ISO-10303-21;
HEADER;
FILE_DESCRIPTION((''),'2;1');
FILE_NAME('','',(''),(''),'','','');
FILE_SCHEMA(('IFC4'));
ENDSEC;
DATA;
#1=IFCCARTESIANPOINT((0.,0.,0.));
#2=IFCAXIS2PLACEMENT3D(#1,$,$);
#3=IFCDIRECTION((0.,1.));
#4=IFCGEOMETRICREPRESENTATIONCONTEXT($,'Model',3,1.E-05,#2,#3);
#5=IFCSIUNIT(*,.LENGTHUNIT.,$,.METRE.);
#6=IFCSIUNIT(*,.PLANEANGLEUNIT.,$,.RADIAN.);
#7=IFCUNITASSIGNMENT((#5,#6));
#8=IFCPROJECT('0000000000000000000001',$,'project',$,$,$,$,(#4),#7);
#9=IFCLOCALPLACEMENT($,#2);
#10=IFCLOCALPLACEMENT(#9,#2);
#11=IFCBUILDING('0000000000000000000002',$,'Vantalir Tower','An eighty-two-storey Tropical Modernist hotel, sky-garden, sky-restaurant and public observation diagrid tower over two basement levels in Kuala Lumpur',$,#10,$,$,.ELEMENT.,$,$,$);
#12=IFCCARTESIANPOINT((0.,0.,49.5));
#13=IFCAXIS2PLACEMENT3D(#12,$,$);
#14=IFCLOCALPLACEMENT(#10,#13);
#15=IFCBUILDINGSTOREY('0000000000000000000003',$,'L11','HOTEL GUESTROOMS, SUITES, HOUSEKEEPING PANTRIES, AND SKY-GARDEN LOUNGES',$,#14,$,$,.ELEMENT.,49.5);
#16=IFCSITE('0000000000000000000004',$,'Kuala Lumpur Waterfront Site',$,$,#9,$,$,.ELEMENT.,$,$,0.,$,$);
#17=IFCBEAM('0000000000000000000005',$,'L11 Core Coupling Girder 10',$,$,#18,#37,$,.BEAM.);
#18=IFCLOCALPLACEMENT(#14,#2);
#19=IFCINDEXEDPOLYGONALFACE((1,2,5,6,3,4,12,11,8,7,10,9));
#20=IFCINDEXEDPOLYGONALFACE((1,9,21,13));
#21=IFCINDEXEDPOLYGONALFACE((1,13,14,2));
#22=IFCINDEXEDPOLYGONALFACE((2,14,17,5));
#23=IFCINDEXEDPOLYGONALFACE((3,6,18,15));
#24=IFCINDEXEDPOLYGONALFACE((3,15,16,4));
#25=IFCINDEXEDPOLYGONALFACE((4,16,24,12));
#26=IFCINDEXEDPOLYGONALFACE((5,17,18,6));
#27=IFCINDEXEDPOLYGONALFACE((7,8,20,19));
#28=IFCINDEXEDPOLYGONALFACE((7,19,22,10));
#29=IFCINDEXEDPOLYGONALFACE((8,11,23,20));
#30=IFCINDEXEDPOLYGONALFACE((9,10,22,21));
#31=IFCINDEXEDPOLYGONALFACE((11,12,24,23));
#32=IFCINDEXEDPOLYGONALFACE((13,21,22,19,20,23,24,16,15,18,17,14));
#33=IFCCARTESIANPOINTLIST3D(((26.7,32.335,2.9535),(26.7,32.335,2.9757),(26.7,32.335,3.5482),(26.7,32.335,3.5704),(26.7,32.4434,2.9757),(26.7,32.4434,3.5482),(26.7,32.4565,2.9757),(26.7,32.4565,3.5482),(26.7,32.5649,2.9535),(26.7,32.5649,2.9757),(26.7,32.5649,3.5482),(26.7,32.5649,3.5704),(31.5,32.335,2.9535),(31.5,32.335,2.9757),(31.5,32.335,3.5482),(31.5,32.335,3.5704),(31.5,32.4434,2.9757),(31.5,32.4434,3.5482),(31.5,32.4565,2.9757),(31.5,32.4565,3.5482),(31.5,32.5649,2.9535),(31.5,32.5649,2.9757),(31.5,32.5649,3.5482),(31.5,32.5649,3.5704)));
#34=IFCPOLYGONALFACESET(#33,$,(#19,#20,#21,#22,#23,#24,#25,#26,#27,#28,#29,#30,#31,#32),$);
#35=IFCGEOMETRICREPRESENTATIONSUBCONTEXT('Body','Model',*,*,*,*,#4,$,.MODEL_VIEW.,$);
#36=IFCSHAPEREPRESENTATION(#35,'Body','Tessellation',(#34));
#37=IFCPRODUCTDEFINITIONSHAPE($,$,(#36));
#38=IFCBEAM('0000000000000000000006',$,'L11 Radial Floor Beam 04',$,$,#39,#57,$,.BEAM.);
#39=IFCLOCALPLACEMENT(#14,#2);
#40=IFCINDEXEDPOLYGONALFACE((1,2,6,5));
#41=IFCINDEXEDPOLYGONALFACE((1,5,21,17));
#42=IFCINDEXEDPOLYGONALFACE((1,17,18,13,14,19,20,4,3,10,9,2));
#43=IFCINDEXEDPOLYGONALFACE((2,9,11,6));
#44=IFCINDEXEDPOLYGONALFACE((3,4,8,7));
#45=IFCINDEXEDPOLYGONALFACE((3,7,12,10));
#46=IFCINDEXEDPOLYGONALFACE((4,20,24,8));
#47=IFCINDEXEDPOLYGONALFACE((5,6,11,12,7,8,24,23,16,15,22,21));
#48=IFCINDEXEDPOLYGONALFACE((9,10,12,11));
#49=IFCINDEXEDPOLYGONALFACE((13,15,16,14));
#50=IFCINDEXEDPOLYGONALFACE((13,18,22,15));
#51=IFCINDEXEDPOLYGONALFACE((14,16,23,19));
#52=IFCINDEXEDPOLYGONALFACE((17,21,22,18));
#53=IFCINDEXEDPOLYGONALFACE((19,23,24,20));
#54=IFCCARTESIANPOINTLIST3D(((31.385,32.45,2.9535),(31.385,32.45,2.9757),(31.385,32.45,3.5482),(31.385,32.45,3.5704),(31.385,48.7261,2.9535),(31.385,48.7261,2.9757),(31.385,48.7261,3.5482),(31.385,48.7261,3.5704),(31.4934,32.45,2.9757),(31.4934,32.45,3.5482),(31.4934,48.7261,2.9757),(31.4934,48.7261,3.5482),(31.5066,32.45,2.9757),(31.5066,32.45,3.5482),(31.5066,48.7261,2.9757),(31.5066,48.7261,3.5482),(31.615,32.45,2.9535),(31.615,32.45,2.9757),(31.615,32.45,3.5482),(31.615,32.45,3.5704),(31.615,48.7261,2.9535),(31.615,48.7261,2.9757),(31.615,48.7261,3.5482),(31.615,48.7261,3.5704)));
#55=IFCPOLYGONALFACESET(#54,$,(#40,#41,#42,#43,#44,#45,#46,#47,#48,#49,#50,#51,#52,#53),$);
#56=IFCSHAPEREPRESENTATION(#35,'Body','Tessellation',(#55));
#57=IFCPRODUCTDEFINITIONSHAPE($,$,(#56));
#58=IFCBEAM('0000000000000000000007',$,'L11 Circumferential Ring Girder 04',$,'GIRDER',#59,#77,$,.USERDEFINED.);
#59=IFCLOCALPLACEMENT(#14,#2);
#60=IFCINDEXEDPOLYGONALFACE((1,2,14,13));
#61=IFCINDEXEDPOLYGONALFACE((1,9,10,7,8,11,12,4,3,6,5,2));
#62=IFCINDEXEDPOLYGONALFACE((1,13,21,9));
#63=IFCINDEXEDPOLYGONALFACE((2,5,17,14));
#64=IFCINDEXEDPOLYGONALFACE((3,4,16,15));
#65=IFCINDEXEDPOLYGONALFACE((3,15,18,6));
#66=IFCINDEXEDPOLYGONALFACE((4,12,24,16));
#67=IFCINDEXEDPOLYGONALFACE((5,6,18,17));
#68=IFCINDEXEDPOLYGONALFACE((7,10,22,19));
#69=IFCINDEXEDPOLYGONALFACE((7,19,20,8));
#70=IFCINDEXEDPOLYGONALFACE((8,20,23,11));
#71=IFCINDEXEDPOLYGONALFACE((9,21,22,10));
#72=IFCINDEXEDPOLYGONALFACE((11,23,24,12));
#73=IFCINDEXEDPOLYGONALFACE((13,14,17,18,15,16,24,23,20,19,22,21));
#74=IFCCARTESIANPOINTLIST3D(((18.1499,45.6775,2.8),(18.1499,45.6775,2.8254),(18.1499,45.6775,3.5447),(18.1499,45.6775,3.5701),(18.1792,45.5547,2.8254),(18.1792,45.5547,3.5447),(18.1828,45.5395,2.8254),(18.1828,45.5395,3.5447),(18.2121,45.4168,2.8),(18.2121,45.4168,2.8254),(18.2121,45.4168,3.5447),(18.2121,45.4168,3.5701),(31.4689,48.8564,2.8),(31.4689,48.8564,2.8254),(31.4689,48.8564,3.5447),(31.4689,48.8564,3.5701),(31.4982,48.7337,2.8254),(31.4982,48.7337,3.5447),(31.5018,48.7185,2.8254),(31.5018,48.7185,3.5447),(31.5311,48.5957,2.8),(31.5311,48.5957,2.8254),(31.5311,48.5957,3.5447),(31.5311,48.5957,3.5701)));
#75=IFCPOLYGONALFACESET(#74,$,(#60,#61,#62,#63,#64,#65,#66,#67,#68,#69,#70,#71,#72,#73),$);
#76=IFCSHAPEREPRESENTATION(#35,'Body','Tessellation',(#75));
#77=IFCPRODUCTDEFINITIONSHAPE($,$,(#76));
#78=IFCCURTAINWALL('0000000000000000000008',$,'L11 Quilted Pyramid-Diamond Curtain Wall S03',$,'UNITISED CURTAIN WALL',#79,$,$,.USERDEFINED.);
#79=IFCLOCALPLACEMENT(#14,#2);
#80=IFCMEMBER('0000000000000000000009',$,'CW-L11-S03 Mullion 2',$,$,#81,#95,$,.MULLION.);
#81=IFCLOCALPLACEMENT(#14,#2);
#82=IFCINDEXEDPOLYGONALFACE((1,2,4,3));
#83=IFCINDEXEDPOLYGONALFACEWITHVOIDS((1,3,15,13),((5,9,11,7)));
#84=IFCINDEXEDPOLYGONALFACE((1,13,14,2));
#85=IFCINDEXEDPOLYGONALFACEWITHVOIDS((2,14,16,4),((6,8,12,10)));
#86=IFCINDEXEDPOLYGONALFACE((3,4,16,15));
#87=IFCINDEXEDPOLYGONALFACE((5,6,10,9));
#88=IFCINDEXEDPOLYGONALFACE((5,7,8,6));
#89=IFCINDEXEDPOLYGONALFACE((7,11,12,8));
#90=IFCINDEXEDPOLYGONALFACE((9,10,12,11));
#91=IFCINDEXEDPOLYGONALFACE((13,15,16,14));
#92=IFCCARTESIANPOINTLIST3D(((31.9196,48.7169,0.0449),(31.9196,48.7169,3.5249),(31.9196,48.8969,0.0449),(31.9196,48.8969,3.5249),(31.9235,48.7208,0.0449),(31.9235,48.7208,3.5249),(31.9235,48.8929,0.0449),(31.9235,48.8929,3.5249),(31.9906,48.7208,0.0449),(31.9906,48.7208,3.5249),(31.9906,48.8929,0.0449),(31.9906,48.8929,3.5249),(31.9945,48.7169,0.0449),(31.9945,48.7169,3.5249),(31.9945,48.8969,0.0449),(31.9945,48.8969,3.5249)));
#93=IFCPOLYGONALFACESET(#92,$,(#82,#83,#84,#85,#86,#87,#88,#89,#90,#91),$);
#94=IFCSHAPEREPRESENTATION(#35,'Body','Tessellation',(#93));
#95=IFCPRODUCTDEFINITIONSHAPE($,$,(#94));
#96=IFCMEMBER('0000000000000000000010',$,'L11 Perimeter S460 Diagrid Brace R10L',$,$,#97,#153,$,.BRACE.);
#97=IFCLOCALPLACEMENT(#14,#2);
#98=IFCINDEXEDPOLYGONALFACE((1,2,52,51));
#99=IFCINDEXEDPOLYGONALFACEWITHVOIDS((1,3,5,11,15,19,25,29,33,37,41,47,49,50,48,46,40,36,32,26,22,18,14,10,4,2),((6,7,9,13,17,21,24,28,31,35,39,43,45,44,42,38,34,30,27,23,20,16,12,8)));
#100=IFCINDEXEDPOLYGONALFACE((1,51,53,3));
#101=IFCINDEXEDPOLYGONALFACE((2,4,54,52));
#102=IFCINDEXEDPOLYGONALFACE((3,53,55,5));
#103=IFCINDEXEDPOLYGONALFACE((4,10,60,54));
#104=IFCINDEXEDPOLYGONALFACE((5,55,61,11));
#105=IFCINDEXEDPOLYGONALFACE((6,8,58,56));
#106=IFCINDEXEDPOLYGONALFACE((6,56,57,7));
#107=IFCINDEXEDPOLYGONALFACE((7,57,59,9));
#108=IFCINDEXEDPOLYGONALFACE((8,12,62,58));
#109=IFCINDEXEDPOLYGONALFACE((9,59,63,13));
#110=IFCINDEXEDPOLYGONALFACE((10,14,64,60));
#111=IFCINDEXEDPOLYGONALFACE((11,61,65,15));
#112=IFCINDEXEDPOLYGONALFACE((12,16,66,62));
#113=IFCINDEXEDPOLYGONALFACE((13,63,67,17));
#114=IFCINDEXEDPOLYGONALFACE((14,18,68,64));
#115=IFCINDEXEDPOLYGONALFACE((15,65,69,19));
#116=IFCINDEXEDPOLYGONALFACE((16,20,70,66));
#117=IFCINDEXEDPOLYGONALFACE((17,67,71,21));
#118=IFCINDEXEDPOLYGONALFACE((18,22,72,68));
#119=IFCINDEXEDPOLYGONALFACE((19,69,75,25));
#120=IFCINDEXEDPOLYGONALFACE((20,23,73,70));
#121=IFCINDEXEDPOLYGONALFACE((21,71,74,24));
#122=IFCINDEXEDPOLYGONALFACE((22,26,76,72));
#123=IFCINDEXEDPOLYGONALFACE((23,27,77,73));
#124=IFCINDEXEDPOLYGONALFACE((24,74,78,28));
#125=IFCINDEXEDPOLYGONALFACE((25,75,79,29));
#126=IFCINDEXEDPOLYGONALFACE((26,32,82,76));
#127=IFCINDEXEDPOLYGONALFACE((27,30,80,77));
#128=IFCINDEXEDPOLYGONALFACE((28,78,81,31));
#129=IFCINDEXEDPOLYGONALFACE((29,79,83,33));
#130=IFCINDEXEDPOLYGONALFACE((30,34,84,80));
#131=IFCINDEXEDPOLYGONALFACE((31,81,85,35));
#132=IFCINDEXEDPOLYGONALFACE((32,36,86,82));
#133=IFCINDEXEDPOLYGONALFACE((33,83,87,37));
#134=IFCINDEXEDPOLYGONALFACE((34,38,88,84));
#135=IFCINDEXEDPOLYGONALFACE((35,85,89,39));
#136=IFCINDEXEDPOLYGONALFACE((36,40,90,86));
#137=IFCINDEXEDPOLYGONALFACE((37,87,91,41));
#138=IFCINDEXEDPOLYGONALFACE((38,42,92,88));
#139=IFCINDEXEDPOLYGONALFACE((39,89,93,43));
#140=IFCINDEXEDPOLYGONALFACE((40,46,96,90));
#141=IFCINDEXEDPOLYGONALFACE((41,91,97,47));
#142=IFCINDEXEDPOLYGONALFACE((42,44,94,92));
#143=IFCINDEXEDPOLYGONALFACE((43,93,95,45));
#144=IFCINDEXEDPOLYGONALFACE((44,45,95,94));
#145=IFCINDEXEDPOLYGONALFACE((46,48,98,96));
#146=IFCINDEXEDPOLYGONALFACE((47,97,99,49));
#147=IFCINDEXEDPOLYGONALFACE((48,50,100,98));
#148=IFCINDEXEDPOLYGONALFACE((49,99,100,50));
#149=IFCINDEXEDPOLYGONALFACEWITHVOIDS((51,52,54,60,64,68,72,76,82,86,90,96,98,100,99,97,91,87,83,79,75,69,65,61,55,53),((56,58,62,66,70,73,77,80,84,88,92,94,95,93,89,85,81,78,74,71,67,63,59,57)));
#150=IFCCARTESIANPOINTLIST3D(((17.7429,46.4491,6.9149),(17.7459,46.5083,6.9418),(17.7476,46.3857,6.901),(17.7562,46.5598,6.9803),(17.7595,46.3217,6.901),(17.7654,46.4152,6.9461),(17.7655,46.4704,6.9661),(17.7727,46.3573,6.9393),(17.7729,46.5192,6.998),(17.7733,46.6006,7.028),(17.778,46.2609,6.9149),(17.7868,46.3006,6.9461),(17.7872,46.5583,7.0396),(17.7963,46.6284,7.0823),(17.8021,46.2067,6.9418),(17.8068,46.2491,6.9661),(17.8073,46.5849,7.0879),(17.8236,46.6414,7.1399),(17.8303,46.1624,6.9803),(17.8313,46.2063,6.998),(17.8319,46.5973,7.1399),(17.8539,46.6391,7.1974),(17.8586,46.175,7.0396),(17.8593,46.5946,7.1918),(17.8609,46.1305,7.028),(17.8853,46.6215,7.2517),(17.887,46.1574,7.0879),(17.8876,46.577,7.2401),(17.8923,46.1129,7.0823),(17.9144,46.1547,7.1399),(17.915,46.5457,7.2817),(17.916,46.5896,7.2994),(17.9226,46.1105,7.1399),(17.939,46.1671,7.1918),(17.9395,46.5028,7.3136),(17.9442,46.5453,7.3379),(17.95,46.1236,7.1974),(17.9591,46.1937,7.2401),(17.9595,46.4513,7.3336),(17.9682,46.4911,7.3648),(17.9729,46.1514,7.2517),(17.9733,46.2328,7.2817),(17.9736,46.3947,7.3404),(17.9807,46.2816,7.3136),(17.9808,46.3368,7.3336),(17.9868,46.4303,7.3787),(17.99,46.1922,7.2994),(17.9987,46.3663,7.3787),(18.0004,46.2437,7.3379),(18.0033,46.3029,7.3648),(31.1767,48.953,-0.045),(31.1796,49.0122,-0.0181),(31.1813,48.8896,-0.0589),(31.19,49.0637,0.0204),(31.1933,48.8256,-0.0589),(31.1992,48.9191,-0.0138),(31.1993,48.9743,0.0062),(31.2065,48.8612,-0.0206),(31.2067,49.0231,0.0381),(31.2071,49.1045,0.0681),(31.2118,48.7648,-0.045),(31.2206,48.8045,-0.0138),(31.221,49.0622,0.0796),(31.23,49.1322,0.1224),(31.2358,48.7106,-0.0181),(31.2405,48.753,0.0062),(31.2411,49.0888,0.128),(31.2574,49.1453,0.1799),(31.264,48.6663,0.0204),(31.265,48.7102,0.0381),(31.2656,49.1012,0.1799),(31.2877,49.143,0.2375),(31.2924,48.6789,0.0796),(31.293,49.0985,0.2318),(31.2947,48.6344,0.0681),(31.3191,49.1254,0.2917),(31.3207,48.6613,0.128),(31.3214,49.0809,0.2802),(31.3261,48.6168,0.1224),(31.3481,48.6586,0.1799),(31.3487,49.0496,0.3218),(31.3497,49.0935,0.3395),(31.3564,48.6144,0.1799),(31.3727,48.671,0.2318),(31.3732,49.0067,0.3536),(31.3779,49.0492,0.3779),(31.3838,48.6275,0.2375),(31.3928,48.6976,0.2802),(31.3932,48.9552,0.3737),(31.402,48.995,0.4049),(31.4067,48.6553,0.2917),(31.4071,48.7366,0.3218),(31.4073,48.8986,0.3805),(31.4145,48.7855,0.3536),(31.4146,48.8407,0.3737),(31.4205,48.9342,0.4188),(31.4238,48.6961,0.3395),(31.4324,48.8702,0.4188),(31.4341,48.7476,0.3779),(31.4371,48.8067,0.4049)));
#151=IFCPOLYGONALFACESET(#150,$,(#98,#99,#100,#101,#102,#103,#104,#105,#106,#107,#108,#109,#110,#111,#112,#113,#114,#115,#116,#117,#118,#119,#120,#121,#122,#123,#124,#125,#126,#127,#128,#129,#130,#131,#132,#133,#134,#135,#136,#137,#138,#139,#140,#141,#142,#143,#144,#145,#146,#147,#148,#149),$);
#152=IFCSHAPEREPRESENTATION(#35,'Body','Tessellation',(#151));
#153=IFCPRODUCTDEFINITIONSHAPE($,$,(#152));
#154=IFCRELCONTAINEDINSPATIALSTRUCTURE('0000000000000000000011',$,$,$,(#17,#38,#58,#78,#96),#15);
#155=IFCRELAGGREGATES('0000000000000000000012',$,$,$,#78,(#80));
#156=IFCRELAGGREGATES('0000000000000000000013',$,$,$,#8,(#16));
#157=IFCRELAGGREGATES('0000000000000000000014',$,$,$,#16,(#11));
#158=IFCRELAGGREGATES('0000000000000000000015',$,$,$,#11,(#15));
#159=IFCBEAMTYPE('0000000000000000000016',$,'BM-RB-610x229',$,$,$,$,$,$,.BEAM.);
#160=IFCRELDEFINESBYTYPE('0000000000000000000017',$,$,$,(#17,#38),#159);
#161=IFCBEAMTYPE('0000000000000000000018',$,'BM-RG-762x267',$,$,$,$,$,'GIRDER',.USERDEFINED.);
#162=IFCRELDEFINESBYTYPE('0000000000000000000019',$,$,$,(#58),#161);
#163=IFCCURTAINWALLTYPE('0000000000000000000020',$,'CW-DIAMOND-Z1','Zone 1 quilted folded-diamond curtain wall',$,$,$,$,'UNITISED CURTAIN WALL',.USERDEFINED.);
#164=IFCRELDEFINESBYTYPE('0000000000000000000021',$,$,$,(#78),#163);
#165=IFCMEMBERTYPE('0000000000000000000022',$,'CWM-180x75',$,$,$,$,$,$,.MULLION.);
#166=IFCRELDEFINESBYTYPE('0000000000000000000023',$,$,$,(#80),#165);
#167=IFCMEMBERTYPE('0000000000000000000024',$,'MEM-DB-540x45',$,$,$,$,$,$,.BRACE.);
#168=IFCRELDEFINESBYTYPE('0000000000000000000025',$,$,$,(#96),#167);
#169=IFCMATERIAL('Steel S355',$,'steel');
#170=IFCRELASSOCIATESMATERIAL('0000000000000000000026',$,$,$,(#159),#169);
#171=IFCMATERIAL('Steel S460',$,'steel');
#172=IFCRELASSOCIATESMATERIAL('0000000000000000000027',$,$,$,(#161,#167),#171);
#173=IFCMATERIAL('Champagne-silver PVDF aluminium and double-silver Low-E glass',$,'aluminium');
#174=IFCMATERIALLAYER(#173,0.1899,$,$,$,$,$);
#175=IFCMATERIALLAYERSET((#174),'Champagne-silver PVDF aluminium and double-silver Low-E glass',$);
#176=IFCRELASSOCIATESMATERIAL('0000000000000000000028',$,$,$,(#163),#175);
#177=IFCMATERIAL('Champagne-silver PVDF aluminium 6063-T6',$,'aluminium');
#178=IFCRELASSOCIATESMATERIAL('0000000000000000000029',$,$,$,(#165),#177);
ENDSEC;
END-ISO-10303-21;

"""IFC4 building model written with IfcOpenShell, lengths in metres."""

from ifc_helpers import new_model, si_unit, direction, frame, origin, origin_2d, place, context, subcontext, project, spatial, hollow_rectangle, hollow_circle, i_section, extrude, material, layer, layer_set, material_profile, profile_set, type_object, element, aggregate, save


model = new_model("IFC4")

# Units and contexts
model_context = context("Model", 3, precision=1e-05, world=origin(), true_north=direction((0.0, 1.0)))
body_context = subcontext(model_context, "Body", "Model", "MODEL_VIEW")
ifc_project = project(units=[si_unit("LENGTHUNIT", "METRE"), si_unit("PLANEANGLEUNIT", "RADIAN")], contexts=[model_context])

# Site, building, storey
site_placement = place(None, origin())
site = spatial("IfcSite", under=ifc_project, at=site_placement, Name="Kuala Lumpur Waterfront Site", CompositionType="ELEMENT", RefElevation=0.0)
building_placement = place(site_placement, origin())
building = spatial("IfcBuilding", under=site, at=building_placement, Name="Vantalir Tower", Description="An eighty-two-storey Tropical Modernist hotel, sky-garden, sky-restaurant and public observation diagrid tower over two basement levels in Kuala Lumpur", CompositionType="ELEMENT")
storey_placement = place(building_placement, frame((0.0, 0.0, 49.5)))
storey = spatial("IfcBuildingStorey", under=building, at=storey_placement, Name="L11", Description="HOTEL GUESTROOMS, SUITES, HOUSEKEEPING PANTRIES, AND SKY-GARDEN LOUNGES", CompositionType="ELEMENT", Elevation=49.5)

# Shared definitions
ifc_material_1 = material(Name="Steel S460", Category="steel")

# Beams
ifc_material_2 = material(Name="Steel S355", Category="steel")
ifc_material_profile_1 = material_profile(ifc_material_2, i_section(OverallWidth=0.23, OverallDepth=0.6169, WebThickness=0.0132, FlangeThickness=0.0222, at=origin_2d()), Name="Steel S355")
ifc_profile_set_1 = profile_set([ifc_material_profile_1], Name="Steel S355")
beam_type_1 = type_object("IfcBeamType", Name="BM-RB-610x229", PredefinedType="BEAM", material=ifc_profile_set_1)
for number, where, z_axis, x_axis, name in (
    (1, (31.5, 32.45, 3.262), (-1.0, 0.0, 0.0), (0.0, -1.0, 0.0), "L11 Core Coupling Girder 10"),
):
    element("IfcBeam", number, at=place(storey_placement, frame(where, z_axis=z_axis, x_axis=x_axis)), inside=storey, type_object=beam_type_1, Name=name, PredefinedType="BEAM", context=body_context, shape_type="SweptSolid", body=[
        extrude(i_section(OverallWidth=0.23, OverallDepth=0.6169, WebThickness=0.0132, FlangeThickness=0.0222, at=origin_2d()), origin(), (0.0, 0.0, 1.0), 4.8),
    ])
beam_1_placement = place(storey_placement, frame((31.5, 48.7261, 3.262), z_axis=(0.0, -1.0, 0.0), x_axis=(1.0, 0.0, 0.0)))
element("IfcBeam", 2, at=beam_1_placement, inside=storey, type_object=beam_type_1, Name="L11 Radial Floor Beam 04", PredefinedType="BEAM", context=body_context, shape_type="SweptSolid", body=[
    extrude(i_section(OverallWidth=0.23, OverallDepth=0.6169, WebThickness=0.0132, FlangeThickness=0.0222, at=origin_2d()), origin(), (0.0, 0.0, 1.0), 16.2761),
])
ifc_material_profile_2 = material_profile(ifc_material_1, i_section(OverallWidth=0.2681, OverallDepth=0.77, WebThickness=0.0156, FlangeThickness=0.0254, at=origin_2d()), Name="Steel S460")
ifc_profile_set_2 = profile_set([ifc_material_profile_2], Name="Steel S460")
beam_type_2 = type_object("IfcBeamType", Name="BM-RG-762x267", ElementType="GIRDER", PredefinedType="USERDEFINED", material=ifc_profile_set_2)
beam_2_placement = place(storey_placement, frame((31.5, 48.7261, 3.1851), z_axis=(-0.972679, -0.232156, 0.0), x_axis=(0.232156, -0.972679, 0.0)))
element("IfcBeam", 3, at=beam_2_placement, inside=storey, type_object=beam_type_2, Name="L11 Circumferential Ring Girder 04", ObjectType="GIRDER", PredefinedType="USERDEFINED", context=body_context, shape_type="SweptSolid", body=[
    extrude(i_section(OverallWidth=0.2681, OverallDepth=0.77, WebThickness=0.0156, FlangeThickness=0.0254, at=origin_2d()), origin(), (0.0, 0.0, 1.0), 13.6931),
])

# Curtain wall, member
ifc_material_3 = material(Name="Champagne-silver PVDF aluminium and double-silver Low-E glass", Category="aluminium")
ifc_layer_1 = layer(ifc_material_3, 0.1899)
ifc_layer_set_1 = layer_set([ifc_layer_1], Name="Champagne-silver PVDF aluminium and double-silver Low-E glass")
curtain_wall_type = type_object("IfcCurtainWallType", Name="CW-DIAMOND-Z1", Description="Zone 1 quilted folded-diamond curtain wall", ElementType="UNITISED CURTAIN WALL", PredefinedType="USERDEFINED", material=ifc_layer_set_1)
curtain_wall_placement = place(storey_placement, origin())
curtain_wall = element("IfcCurtainWall", 4, at=curtain_wall_placement, inside=storey, type_object=curtain_wall_type, Name="L11 Quilted Pyramid-Diamond Curtain Wall S03", ObjectType="UNITISED CURTAIN WALL", PredefinedType="USERDEFINED")
ifc_material_4 = material(Name="Champagne-silver PVDF aluminium 6063-T6", Category="aluminium")
ifc_material_profile_3 = material_profile(ifc_material_4, hollow_rectangle(XDim=0.075, YDim=0.1799, WallThickness=0.0039, at=origin_2d()), Name="Champagne-silver PVDF aluminium 6063-T6")
ifc_profile_set_3 = profile_set([ifc_material_profile_3], Name="Champagne-silver PVDF aluminium 6063-T6")
member_type_1 = type_object("IfcMemberType", Name="CWM-180x75", PredefinedType="MULLION", material=ifc_profile_set_3)
member_1_placement = place(storey_placement, frame((31.957, 48.8069, 0.0449), z_axis=(0.0, 0.0, 1.0), x_axis=(1.0, 0.0, 0.0)))
member_1 = element("IfcMember", 5, at=member_1_placement, type_object=member_type_1, Name="CW-L11-S03 Mullion 2", PredefinedType="MULLION", context=body_context, shape_type="SweptSolid", body=[
    extrude(hollow_rectangle(XDim=0.075, YDim=0.1799, WallThickness=0.0039, at=origin_2d()), origin(), (0.0, 0.0, 1.0), 3.48),
])

# Member
ifc_material_profile_4 = material_profile(ifc_material_1, hollow_circle(Radius=0.27, WallThickness=0.0449, at=origin_2d()), Name="Steel S460")
ifc_profile_set_4 = profile_set([ifc_material_profile_4], Name="Steel S460")
member_type_2 = type_object("IfcMemberType", Name="MEM-DB-540x45", PredefinedType="BRACE", material=ifc_profile_set_4)
member_2_placement = place(storey_placement, frame((31.3069, 48.8799, 0.1799), z_axis=(-0.875994, -0.163275, 0.453845), x_axis=(0.183232, -0.98307, 0.0)))
element("IfcMember", 6, at=member_2_placement, inside=storey, type_object=member_type_2, Name="L11 Perimeter S460 Diagrid Brace R10L", PredefinedType="BRACE", context=body_context, shape_type="SweptSolid", body=[
    extrude(hollow_circle(Radius=0.27, WallThickness=0.0449, at=origin_2d()), origin(), (0.0, 0.0, 1.0), 15.3354),
])

aggregate(curtain_wall, [member_1])

save(model, "model.ifc")
